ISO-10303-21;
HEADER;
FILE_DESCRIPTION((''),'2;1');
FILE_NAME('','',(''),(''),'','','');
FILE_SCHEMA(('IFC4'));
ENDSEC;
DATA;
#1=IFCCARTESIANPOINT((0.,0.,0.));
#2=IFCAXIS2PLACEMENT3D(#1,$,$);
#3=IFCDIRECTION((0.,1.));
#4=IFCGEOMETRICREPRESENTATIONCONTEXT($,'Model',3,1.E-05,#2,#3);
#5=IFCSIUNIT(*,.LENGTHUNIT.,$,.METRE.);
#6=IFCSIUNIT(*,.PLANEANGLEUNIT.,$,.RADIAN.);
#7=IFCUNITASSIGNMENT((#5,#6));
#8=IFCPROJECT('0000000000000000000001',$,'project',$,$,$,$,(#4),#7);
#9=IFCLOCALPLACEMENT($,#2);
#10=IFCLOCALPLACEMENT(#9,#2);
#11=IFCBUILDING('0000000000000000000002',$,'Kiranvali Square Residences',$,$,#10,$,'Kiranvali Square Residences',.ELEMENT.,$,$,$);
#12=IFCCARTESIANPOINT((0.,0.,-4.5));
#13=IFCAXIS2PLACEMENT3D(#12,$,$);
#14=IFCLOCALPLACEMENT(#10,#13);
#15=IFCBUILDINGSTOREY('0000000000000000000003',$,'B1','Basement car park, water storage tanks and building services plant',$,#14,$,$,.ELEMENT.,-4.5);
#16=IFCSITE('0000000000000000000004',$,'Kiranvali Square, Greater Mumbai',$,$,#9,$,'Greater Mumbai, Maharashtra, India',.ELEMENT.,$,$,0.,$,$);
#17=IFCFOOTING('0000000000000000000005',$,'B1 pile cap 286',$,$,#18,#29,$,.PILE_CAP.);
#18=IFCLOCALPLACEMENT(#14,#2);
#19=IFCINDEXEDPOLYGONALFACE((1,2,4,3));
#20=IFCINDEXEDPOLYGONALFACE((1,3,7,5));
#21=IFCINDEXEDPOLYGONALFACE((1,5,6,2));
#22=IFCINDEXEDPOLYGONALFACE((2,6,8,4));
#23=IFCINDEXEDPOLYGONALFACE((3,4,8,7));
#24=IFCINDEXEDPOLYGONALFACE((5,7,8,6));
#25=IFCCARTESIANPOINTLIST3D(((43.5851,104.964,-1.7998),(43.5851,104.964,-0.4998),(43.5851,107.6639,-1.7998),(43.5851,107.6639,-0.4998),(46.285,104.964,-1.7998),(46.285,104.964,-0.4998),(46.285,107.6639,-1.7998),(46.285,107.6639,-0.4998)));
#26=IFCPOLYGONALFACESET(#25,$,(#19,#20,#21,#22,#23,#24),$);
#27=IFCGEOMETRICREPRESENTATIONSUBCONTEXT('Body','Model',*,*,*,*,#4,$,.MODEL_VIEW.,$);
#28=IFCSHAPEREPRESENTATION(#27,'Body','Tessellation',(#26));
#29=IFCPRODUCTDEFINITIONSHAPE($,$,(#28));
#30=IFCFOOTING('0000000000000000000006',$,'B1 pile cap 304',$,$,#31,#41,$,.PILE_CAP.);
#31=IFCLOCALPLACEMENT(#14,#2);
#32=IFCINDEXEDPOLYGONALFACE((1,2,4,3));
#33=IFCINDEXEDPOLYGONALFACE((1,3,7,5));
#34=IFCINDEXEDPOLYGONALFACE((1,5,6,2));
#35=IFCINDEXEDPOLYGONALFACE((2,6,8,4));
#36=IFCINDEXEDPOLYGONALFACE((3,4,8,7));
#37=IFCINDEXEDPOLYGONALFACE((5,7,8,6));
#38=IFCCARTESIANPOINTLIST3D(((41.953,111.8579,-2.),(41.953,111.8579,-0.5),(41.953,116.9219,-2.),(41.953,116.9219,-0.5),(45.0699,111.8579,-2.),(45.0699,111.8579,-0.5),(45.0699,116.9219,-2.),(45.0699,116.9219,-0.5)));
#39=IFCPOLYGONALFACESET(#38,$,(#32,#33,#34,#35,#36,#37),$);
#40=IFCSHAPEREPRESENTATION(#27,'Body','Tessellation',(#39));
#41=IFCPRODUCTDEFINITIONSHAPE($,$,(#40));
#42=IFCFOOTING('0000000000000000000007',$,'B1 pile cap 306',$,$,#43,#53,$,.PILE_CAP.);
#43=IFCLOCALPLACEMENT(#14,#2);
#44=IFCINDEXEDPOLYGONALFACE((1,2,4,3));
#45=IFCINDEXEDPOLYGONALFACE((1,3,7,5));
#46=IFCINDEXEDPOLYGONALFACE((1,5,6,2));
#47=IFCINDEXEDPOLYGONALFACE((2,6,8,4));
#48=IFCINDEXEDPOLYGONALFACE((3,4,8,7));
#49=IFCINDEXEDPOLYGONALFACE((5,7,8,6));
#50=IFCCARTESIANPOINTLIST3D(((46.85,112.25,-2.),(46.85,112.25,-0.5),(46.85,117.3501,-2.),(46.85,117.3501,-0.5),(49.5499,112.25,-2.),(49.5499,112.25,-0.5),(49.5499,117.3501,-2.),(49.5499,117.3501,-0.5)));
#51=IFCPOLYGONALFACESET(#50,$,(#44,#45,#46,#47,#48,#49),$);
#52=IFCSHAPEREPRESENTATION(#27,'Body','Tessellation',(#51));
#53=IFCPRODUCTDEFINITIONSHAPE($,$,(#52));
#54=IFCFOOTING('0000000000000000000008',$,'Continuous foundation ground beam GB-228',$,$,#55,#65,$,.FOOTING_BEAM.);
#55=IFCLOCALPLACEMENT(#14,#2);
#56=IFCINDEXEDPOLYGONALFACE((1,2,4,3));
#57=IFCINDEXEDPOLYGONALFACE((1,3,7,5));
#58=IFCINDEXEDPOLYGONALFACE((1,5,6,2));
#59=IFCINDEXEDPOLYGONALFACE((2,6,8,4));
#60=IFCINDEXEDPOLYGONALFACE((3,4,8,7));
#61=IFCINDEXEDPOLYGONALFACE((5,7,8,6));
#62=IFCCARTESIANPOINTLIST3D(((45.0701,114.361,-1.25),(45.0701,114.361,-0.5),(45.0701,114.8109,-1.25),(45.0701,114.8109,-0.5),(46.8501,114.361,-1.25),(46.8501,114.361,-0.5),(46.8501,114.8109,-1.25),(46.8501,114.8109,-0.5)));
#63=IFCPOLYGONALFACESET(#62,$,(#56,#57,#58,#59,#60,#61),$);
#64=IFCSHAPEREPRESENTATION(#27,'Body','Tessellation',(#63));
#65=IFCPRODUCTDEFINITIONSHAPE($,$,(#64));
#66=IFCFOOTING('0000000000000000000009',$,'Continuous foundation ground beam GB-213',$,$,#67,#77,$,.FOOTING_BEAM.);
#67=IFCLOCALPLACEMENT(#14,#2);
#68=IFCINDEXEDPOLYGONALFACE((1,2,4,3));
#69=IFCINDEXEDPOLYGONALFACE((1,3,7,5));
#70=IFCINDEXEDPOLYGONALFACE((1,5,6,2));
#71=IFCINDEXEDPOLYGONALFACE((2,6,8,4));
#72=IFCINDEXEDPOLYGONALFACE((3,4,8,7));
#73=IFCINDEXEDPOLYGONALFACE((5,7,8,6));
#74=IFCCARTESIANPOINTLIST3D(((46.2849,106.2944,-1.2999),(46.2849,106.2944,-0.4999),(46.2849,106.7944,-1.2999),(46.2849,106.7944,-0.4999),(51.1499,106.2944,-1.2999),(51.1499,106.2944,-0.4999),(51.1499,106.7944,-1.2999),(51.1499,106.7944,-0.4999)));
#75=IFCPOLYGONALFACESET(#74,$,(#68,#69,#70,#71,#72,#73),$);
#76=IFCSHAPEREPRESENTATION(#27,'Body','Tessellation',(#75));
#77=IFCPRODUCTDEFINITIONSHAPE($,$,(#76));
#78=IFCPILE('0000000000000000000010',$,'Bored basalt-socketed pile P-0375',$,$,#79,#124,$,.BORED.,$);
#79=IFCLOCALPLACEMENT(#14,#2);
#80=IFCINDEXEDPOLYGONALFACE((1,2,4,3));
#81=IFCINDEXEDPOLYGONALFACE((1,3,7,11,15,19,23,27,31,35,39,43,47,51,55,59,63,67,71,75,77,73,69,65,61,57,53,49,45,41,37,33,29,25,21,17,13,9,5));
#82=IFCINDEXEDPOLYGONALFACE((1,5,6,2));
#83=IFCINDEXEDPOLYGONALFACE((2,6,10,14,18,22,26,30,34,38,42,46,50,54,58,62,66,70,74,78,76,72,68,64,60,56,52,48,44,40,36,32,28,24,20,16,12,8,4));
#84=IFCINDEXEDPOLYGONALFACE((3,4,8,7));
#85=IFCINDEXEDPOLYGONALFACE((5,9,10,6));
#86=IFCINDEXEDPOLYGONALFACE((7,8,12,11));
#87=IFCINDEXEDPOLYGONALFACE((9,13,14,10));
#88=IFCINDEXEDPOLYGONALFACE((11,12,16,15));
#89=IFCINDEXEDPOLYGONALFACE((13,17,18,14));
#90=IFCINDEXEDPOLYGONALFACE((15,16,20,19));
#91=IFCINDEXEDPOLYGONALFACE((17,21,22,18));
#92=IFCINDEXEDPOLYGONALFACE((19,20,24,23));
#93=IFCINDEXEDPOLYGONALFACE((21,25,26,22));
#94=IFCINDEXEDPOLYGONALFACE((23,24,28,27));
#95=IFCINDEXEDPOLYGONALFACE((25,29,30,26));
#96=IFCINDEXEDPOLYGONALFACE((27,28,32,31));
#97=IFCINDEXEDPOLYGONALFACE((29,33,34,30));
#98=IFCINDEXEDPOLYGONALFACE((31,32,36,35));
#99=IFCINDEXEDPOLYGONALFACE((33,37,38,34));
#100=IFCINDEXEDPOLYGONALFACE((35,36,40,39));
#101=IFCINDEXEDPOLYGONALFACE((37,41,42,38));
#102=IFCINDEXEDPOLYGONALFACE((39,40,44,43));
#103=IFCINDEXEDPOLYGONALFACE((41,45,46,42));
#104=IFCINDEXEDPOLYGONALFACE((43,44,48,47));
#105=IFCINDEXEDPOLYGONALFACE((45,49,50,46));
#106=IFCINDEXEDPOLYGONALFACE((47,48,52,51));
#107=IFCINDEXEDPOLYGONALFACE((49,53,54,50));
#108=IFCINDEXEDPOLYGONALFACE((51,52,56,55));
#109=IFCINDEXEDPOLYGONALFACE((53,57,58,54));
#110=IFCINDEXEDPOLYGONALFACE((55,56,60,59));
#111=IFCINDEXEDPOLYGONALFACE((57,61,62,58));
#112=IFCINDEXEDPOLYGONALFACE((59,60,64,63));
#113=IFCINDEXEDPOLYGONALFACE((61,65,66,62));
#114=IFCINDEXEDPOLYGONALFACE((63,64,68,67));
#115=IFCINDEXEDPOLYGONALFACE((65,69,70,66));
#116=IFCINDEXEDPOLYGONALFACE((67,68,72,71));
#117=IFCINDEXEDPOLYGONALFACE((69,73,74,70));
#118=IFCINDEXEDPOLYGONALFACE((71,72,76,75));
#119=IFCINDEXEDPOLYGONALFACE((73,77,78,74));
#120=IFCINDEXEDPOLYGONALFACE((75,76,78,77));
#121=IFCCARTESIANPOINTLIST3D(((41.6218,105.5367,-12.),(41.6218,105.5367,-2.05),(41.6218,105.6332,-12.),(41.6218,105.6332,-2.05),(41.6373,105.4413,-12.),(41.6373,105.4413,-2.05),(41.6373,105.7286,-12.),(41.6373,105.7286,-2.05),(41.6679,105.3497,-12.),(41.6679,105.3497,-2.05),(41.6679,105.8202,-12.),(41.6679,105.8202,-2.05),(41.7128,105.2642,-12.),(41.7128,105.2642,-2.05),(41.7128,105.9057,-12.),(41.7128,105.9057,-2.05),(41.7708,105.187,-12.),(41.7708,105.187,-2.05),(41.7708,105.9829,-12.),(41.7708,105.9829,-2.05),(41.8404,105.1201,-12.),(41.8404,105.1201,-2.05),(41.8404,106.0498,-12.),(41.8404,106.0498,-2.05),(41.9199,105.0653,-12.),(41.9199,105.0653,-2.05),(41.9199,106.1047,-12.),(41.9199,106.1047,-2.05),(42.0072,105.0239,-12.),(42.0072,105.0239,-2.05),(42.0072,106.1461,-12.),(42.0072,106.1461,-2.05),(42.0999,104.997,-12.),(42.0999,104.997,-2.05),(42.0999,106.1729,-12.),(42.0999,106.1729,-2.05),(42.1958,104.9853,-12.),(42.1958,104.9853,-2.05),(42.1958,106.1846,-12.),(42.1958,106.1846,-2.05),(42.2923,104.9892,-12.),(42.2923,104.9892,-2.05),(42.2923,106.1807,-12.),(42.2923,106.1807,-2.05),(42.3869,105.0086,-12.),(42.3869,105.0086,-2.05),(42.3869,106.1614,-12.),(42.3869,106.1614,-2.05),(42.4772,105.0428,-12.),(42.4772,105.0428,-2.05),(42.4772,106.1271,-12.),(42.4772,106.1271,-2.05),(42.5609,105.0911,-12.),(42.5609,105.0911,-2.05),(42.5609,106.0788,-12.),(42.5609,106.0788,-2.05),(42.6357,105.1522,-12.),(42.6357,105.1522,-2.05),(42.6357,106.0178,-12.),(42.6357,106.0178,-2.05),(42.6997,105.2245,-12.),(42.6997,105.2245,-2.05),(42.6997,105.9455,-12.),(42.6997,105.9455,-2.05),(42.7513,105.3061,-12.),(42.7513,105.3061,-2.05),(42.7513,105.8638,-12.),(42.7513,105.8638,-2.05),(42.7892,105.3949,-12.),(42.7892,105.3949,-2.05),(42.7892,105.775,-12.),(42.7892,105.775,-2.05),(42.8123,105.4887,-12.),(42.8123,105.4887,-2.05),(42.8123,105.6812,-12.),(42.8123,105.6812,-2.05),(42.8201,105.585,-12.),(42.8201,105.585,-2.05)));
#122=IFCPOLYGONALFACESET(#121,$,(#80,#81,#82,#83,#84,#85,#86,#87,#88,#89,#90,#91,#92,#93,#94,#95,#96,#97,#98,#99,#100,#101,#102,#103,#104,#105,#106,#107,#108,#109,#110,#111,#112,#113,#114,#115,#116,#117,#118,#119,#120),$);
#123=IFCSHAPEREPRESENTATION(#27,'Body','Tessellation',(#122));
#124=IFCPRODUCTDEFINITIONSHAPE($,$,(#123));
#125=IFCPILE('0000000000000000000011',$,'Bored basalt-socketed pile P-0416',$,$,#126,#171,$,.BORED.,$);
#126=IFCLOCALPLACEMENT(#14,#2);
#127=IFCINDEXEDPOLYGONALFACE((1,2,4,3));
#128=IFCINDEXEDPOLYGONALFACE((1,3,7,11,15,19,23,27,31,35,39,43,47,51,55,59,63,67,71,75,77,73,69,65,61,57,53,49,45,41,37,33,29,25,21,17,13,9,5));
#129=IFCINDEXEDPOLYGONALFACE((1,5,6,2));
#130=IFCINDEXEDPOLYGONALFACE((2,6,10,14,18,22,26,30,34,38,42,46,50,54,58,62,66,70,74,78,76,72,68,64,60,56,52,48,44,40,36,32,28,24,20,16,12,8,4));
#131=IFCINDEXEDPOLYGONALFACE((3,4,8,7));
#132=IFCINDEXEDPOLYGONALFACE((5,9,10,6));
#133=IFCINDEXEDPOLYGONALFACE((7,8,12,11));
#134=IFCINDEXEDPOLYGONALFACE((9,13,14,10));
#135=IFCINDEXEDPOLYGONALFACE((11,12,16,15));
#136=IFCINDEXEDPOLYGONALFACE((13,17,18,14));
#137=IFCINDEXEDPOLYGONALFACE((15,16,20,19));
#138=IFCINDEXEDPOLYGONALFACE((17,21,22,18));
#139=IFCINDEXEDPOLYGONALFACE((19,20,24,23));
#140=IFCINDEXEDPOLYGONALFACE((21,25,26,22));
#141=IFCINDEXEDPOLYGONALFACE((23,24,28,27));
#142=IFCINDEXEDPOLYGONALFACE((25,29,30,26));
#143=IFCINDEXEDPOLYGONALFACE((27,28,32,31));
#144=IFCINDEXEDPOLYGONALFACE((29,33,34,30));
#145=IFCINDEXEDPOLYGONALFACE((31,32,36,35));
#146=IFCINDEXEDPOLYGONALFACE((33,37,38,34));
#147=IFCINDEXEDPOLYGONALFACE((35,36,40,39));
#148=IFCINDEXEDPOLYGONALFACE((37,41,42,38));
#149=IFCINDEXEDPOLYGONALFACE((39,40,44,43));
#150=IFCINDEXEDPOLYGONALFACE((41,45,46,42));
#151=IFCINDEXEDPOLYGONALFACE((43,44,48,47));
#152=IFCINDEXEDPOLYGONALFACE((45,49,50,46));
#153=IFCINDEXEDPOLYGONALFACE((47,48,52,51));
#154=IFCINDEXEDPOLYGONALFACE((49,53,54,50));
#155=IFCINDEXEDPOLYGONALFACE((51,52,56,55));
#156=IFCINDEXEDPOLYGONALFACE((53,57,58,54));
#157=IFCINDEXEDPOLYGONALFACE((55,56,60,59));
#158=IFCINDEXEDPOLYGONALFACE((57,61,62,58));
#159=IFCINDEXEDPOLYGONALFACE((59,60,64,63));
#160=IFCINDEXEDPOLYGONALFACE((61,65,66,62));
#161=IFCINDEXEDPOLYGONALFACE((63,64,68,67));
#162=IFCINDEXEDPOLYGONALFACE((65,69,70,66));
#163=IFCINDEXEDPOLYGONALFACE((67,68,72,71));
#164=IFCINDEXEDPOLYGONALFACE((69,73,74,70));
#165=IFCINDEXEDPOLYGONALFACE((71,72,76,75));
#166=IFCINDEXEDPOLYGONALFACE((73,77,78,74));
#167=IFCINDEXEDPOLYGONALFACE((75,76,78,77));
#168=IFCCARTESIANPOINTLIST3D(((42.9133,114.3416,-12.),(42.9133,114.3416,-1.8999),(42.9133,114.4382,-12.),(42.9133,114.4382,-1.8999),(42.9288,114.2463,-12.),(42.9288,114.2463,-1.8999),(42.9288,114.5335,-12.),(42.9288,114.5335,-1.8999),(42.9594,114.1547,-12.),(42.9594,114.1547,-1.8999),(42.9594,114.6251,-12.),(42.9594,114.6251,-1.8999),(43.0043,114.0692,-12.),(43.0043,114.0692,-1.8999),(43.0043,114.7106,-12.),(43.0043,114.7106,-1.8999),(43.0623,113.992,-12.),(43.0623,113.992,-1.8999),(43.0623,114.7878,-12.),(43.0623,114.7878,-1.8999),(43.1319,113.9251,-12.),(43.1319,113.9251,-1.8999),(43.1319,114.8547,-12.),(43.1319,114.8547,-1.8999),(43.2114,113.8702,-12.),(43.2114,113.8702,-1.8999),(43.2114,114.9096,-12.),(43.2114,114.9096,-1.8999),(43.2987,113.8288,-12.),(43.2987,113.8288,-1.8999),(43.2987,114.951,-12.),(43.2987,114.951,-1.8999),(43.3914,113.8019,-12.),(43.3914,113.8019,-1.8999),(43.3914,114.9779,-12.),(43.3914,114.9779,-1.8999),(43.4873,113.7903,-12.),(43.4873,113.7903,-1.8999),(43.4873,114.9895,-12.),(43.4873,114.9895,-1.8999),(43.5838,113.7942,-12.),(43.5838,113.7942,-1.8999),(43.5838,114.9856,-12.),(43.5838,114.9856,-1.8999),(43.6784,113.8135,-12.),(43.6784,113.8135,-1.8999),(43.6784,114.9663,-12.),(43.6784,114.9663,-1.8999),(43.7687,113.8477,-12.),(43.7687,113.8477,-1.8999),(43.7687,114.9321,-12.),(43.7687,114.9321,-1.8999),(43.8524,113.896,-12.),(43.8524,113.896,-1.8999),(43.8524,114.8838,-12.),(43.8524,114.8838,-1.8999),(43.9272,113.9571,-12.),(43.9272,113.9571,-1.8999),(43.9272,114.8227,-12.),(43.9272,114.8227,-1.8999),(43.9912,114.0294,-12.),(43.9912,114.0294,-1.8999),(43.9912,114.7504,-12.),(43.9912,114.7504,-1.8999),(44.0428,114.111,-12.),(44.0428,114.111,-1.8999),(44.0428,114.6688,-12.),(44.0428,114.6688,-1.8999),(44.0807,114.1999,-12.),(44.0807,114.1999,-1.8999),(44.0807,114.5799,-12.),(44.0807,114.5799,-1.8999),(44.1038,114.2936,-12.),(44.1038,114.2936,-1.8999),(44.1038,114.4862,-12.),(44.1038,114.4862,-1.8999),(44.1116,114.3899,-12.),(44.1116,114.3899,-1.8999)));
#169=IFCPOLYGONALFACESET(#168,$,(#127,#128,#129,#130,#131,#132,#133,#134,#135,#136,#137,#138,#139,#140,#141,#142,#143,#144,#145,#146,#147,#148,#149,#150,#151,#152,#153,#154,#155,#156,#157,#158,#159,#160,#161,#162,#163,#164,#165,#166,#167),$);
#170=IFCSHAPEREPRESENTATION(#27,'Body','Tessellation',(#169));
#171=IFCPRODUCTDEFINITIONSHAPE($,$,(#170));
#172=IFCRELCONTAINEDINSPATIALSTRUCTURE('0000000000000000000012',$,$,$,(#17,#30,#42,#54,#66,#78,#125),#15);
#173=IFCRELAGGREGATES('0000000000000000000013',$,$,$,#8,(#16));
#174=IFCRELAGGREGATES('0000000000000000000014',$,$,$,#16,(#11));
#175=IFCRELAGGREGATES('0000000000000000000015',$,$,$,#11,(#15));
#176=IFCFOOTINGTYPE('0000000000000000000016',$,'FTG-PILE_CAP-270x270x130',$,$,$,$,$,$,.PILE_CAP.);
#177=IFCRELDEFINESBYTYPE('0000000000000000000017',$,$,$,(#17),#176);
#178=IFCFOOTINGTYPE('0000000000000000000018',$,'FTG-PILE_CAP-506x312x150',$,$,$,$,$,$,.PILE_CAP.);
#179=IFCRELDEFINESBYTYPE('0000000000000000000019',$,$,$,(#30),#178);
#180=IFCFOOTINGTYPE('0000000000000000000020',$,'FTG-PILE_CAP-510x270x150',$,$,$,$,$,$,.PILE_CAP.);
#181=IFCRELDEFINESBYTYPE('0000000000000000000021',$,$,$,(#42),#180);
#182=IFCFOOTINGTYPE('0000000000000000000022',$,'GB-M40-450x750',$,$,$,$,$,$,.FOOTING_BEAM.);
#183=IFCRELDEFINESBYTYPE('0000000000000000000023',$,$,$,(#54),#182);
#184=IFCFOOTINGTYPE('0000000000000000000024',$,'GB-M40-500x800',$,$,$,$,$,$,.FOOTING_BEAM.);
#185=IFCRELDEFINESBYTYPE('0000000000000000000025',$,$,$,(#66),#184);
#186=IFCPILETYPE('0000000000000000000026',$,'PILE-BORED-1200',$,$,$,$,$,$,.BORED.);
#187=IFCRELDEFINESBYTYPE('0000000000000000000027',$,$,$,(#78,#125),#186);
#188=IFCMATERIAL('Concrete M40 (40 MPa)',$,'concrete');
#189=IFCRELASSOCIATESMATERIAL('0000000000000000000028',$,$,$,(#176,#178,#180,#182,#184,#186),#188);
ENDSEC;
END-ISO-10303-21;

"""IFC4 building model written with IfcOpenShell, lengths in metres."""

from ifc_helpers import new_model, si_unit, direction, frame, origin, origin_2d, place, context, subcontext, project, spatial, rectangle, circle, extrude, material, material_profile, profile_set, type_object, element, save


model = new_model("IFC4")

# Units and contexts
model_context = context("Model", 3, precision=1e-05, world=origin(), true_north=direction((0.0, 1.0)))
body_context = subcontext(model_context, "Body", "Model", "MODEL_VIEW")
ifc_project = project(units=[si_unit("LENGTHUNIT", "METRE"), si_unit("PLANEANGLEUNIT", "RADIAN")], contexts=[model_context])

# Site, building, storey
site_placement = place(None, origin())
site = spatial("IfcSite", under=ifc_project, at=site_placement, Name="Kiranvali Square, Greater Mumbai", LongName="Greater Mumbai, Maharashtra, India", CompositionType="ELEMENT", RefElevation=0.0)
building_placement = place(site_placement, origin())
building = spatial("IfcBuilding", under=site, at=building_placement, Name="Kiranvali Square Residences", LongName="Kiranvali Square Residences", CompositionType="ELEMENT")
storey_placement = place(building_placement, frame((0.0, 0.0, -4.5)))
storey = spatial("IfcBuildingStorey", under=building, at=storey_placement, Name="B1", Description="Basement car park, water storage tanks and building services plant", CompositionType="ELEMENT", Elevation=-4.5)

# Footings
ifc_material_1 = material(Name="Concrete M40 (40 MPa)", Category="concrete")
footing_type_1 = type_object("IfcFootingType", Name="FTG-PILE_CAP-270x270x130", PredefinedType="PILE_CAP", material=ifc_material_1)
footing_1_placement = place(storey_placement, frame((44.9351, 106.314, -1.7998), z_axis=(0.0, 0.0, 1.0), x_axis=(1.0, 0.0, 0.0)))
element("IfcFooting", 1, at=footing_1_placement, inside=storey, type_object=footing_type_1, Name="B1 pile cap 286", PredefinedType="PILE_CAP", context=body_context, shape_type="SweptSolid", body=[
    extrude(rectangle(XDim=2.7, YDim=2.7, at=origin_2d()), origin(), (0.0, 0.0, 1.0), 1.3),
])
footing_type_2 = type_object("IfcFootingType", Name="FTG-PILE_CAP-506x312x150", PredefinedType="PILE_CAP", material=ifc_material_1)
footing_2_placement = place(storey_placement, frame((43.5115, 114.3899, -2.0), z_axis=(0.0, 0.0, 1.0), x_axis=(0.0, 1.0, 0.0)))
element("IfcFooting", 2, at=footing_2_placement, inside=storey, type_object=footing_type_2, Name="B1 pile cap 304", PredefinedType="PILE_CAP", context=body_context, shape_type="SweptSolid", body=[
    extrude(rectangle(XDim=5.064, YDim=3.1169, at=origin_2d()), origin(), (0.0, 0.0, 1.0), 1.5),
])
footing_type_3 = type_object("IfcFootingType", Name="FTG-PILE_CAP-510x270x150", PredefinedType="PILE_CAP", material=ifc_material_1)
footing_3_placement = place(storey_placement, frame((48.2, 114.8, -2.0), z_axis=(0.0, 0.0, 1.0), x_axis=(0.0, 1.0, 0.0)))
element("IfcFooting", 3, at=footing_3_placement, inside=storey, type_object=footing_type_3, Name="B1 pile cap 306", PredefinedType="PILE_CAP", context=body_context, shape_type="SweptSolid", body=[
    extrude(rectangle(XDim=5.1001, YDim=2.7, at=origin_2d()), origin(), (0.0, 0.0, 1.0), 1.5),
])
ifc_material_profile_1 = material_profile(ifc_material_1, rectangle(XDim=0.45, YDim=0.75, at=origin_2d()), Name="GB 450x750")
ifc_profile_set_1 = profile_set([ifc_material_profile_1], Name="Concrete M40 (40 MPa)")
footing_type_4 = type_object("IfcFootingType", Name="GB-M40-450x750", PredefinedType="FOOTING_BEAM", material=ifc_profile_set_1)
footing_4_placement = place(storey_placement, frame((45.0701, 114.5859, -0.875), z_axis=(1.0, 0.0, 0.0), x_axis=(0.0, 1.0, 0.0)))
element("IfcFooting", 4, at=footing_4_placement, inside=storey, type_object=footing_type_4, Name="Continuous foundation ground beam GB-228", PredefinedType="FOOTING_BEAM", context=body_context, shape_type="SweptSolid", body=[
    extrude(rectangle(XDim=0.45, YDim=0.75, at=origin_2d()), origin(), (0.0, 0.0, 1.0), 1.78),
])
ifc_material_profile_2 = material_profile(ifc_material_1, rectangle(XDim=0.5, YDim=0.8, at=origin_2d()), Name="GB 500x800")
ifc_profile_set_2 = profile_set([ifc_material_profile_2], Name="Concrete M40 (40 MPa)")
footing_type_5 = type_object("IfcFootingType", Name="GB-M40-500x800", PredefinedType="FOOTING_BEAM", material=ifc_profile_set_2)
footing_5_placement = place(storey_placement, frame((46.2849, 106.5444, -0.8999), z_axis=(1.0, 0.0, 0.0), x_axis=(0.0, 1.0, 0.0)))
element("IfcFooting", 5, at=footing_5_placement, inside=storey, type_object=footing_type_5, Name="Continuous foundation ground beam GB-213", PredefinedType="FOOTING_BEAM", context=body_context, shape_type="SweptSolid", body=[
    extrude(rectangle(XDim=0.5, YDim=0.8, at=origin_2d()), origin(), (0.0, 0.0, 1.0), 4.865),
])

# Piles
ifc_material_profile_3 = material_profile(ifc_material_1, circle(Radius=0.6001, at=origin_2d()), Name="BORED PILE 1200")
ifc_profile_set_3 = profile_set([ifc_material_profile_3], Name="Concrete M40 (40 MPa)")
pile_type = type_object("IfcPileType", Name="PILE-BORED-1200", PredefinedType="BORED", material=ifc_profile_set_3)
pile_placement = place(storey_placement, frame((42.22, 105.585, -2.05), z_axis=(0.0, 0.0, -1.0), x_axis=(1.0, 0.0, 0.0)))
element("IfcPile", 6, at=pile_placement, inside=storey, type_object=pile_type, Name="Bored basalt-socketed pile P-0375", PredefinedType="BORED", context=body_context, shape_type="SweptSolid", body=[
    extrude(circle(Radius=0.6001, at=origin_2d()), origin(), (0.0, 0.0, 1.0), 9.95),
])
for number, where, z_axis, x_axis, name in (
    (7, (43.5115, 114.3899, -1.8999), (0.0, 0.0, -1.0), (1.0, 0.0, 0.0), "Bored basalt-socketed pile P-0416"),
):
    element("IfcPile", number, at=place(storey_placement, frame(where, z_axis=z_axis, x_axis=x_axis)), inside=storey, type_object=pile_type, Name=name, PredefinedType="BORED", context=body_context, shape_type="SweptSolid", body=[
        extrude(circle(Radius=0.6001, at=origin_2d()), origin(), (0.0, 0.0, 1.0), 10.1001),
    ])

save(model, "model.ifc")
